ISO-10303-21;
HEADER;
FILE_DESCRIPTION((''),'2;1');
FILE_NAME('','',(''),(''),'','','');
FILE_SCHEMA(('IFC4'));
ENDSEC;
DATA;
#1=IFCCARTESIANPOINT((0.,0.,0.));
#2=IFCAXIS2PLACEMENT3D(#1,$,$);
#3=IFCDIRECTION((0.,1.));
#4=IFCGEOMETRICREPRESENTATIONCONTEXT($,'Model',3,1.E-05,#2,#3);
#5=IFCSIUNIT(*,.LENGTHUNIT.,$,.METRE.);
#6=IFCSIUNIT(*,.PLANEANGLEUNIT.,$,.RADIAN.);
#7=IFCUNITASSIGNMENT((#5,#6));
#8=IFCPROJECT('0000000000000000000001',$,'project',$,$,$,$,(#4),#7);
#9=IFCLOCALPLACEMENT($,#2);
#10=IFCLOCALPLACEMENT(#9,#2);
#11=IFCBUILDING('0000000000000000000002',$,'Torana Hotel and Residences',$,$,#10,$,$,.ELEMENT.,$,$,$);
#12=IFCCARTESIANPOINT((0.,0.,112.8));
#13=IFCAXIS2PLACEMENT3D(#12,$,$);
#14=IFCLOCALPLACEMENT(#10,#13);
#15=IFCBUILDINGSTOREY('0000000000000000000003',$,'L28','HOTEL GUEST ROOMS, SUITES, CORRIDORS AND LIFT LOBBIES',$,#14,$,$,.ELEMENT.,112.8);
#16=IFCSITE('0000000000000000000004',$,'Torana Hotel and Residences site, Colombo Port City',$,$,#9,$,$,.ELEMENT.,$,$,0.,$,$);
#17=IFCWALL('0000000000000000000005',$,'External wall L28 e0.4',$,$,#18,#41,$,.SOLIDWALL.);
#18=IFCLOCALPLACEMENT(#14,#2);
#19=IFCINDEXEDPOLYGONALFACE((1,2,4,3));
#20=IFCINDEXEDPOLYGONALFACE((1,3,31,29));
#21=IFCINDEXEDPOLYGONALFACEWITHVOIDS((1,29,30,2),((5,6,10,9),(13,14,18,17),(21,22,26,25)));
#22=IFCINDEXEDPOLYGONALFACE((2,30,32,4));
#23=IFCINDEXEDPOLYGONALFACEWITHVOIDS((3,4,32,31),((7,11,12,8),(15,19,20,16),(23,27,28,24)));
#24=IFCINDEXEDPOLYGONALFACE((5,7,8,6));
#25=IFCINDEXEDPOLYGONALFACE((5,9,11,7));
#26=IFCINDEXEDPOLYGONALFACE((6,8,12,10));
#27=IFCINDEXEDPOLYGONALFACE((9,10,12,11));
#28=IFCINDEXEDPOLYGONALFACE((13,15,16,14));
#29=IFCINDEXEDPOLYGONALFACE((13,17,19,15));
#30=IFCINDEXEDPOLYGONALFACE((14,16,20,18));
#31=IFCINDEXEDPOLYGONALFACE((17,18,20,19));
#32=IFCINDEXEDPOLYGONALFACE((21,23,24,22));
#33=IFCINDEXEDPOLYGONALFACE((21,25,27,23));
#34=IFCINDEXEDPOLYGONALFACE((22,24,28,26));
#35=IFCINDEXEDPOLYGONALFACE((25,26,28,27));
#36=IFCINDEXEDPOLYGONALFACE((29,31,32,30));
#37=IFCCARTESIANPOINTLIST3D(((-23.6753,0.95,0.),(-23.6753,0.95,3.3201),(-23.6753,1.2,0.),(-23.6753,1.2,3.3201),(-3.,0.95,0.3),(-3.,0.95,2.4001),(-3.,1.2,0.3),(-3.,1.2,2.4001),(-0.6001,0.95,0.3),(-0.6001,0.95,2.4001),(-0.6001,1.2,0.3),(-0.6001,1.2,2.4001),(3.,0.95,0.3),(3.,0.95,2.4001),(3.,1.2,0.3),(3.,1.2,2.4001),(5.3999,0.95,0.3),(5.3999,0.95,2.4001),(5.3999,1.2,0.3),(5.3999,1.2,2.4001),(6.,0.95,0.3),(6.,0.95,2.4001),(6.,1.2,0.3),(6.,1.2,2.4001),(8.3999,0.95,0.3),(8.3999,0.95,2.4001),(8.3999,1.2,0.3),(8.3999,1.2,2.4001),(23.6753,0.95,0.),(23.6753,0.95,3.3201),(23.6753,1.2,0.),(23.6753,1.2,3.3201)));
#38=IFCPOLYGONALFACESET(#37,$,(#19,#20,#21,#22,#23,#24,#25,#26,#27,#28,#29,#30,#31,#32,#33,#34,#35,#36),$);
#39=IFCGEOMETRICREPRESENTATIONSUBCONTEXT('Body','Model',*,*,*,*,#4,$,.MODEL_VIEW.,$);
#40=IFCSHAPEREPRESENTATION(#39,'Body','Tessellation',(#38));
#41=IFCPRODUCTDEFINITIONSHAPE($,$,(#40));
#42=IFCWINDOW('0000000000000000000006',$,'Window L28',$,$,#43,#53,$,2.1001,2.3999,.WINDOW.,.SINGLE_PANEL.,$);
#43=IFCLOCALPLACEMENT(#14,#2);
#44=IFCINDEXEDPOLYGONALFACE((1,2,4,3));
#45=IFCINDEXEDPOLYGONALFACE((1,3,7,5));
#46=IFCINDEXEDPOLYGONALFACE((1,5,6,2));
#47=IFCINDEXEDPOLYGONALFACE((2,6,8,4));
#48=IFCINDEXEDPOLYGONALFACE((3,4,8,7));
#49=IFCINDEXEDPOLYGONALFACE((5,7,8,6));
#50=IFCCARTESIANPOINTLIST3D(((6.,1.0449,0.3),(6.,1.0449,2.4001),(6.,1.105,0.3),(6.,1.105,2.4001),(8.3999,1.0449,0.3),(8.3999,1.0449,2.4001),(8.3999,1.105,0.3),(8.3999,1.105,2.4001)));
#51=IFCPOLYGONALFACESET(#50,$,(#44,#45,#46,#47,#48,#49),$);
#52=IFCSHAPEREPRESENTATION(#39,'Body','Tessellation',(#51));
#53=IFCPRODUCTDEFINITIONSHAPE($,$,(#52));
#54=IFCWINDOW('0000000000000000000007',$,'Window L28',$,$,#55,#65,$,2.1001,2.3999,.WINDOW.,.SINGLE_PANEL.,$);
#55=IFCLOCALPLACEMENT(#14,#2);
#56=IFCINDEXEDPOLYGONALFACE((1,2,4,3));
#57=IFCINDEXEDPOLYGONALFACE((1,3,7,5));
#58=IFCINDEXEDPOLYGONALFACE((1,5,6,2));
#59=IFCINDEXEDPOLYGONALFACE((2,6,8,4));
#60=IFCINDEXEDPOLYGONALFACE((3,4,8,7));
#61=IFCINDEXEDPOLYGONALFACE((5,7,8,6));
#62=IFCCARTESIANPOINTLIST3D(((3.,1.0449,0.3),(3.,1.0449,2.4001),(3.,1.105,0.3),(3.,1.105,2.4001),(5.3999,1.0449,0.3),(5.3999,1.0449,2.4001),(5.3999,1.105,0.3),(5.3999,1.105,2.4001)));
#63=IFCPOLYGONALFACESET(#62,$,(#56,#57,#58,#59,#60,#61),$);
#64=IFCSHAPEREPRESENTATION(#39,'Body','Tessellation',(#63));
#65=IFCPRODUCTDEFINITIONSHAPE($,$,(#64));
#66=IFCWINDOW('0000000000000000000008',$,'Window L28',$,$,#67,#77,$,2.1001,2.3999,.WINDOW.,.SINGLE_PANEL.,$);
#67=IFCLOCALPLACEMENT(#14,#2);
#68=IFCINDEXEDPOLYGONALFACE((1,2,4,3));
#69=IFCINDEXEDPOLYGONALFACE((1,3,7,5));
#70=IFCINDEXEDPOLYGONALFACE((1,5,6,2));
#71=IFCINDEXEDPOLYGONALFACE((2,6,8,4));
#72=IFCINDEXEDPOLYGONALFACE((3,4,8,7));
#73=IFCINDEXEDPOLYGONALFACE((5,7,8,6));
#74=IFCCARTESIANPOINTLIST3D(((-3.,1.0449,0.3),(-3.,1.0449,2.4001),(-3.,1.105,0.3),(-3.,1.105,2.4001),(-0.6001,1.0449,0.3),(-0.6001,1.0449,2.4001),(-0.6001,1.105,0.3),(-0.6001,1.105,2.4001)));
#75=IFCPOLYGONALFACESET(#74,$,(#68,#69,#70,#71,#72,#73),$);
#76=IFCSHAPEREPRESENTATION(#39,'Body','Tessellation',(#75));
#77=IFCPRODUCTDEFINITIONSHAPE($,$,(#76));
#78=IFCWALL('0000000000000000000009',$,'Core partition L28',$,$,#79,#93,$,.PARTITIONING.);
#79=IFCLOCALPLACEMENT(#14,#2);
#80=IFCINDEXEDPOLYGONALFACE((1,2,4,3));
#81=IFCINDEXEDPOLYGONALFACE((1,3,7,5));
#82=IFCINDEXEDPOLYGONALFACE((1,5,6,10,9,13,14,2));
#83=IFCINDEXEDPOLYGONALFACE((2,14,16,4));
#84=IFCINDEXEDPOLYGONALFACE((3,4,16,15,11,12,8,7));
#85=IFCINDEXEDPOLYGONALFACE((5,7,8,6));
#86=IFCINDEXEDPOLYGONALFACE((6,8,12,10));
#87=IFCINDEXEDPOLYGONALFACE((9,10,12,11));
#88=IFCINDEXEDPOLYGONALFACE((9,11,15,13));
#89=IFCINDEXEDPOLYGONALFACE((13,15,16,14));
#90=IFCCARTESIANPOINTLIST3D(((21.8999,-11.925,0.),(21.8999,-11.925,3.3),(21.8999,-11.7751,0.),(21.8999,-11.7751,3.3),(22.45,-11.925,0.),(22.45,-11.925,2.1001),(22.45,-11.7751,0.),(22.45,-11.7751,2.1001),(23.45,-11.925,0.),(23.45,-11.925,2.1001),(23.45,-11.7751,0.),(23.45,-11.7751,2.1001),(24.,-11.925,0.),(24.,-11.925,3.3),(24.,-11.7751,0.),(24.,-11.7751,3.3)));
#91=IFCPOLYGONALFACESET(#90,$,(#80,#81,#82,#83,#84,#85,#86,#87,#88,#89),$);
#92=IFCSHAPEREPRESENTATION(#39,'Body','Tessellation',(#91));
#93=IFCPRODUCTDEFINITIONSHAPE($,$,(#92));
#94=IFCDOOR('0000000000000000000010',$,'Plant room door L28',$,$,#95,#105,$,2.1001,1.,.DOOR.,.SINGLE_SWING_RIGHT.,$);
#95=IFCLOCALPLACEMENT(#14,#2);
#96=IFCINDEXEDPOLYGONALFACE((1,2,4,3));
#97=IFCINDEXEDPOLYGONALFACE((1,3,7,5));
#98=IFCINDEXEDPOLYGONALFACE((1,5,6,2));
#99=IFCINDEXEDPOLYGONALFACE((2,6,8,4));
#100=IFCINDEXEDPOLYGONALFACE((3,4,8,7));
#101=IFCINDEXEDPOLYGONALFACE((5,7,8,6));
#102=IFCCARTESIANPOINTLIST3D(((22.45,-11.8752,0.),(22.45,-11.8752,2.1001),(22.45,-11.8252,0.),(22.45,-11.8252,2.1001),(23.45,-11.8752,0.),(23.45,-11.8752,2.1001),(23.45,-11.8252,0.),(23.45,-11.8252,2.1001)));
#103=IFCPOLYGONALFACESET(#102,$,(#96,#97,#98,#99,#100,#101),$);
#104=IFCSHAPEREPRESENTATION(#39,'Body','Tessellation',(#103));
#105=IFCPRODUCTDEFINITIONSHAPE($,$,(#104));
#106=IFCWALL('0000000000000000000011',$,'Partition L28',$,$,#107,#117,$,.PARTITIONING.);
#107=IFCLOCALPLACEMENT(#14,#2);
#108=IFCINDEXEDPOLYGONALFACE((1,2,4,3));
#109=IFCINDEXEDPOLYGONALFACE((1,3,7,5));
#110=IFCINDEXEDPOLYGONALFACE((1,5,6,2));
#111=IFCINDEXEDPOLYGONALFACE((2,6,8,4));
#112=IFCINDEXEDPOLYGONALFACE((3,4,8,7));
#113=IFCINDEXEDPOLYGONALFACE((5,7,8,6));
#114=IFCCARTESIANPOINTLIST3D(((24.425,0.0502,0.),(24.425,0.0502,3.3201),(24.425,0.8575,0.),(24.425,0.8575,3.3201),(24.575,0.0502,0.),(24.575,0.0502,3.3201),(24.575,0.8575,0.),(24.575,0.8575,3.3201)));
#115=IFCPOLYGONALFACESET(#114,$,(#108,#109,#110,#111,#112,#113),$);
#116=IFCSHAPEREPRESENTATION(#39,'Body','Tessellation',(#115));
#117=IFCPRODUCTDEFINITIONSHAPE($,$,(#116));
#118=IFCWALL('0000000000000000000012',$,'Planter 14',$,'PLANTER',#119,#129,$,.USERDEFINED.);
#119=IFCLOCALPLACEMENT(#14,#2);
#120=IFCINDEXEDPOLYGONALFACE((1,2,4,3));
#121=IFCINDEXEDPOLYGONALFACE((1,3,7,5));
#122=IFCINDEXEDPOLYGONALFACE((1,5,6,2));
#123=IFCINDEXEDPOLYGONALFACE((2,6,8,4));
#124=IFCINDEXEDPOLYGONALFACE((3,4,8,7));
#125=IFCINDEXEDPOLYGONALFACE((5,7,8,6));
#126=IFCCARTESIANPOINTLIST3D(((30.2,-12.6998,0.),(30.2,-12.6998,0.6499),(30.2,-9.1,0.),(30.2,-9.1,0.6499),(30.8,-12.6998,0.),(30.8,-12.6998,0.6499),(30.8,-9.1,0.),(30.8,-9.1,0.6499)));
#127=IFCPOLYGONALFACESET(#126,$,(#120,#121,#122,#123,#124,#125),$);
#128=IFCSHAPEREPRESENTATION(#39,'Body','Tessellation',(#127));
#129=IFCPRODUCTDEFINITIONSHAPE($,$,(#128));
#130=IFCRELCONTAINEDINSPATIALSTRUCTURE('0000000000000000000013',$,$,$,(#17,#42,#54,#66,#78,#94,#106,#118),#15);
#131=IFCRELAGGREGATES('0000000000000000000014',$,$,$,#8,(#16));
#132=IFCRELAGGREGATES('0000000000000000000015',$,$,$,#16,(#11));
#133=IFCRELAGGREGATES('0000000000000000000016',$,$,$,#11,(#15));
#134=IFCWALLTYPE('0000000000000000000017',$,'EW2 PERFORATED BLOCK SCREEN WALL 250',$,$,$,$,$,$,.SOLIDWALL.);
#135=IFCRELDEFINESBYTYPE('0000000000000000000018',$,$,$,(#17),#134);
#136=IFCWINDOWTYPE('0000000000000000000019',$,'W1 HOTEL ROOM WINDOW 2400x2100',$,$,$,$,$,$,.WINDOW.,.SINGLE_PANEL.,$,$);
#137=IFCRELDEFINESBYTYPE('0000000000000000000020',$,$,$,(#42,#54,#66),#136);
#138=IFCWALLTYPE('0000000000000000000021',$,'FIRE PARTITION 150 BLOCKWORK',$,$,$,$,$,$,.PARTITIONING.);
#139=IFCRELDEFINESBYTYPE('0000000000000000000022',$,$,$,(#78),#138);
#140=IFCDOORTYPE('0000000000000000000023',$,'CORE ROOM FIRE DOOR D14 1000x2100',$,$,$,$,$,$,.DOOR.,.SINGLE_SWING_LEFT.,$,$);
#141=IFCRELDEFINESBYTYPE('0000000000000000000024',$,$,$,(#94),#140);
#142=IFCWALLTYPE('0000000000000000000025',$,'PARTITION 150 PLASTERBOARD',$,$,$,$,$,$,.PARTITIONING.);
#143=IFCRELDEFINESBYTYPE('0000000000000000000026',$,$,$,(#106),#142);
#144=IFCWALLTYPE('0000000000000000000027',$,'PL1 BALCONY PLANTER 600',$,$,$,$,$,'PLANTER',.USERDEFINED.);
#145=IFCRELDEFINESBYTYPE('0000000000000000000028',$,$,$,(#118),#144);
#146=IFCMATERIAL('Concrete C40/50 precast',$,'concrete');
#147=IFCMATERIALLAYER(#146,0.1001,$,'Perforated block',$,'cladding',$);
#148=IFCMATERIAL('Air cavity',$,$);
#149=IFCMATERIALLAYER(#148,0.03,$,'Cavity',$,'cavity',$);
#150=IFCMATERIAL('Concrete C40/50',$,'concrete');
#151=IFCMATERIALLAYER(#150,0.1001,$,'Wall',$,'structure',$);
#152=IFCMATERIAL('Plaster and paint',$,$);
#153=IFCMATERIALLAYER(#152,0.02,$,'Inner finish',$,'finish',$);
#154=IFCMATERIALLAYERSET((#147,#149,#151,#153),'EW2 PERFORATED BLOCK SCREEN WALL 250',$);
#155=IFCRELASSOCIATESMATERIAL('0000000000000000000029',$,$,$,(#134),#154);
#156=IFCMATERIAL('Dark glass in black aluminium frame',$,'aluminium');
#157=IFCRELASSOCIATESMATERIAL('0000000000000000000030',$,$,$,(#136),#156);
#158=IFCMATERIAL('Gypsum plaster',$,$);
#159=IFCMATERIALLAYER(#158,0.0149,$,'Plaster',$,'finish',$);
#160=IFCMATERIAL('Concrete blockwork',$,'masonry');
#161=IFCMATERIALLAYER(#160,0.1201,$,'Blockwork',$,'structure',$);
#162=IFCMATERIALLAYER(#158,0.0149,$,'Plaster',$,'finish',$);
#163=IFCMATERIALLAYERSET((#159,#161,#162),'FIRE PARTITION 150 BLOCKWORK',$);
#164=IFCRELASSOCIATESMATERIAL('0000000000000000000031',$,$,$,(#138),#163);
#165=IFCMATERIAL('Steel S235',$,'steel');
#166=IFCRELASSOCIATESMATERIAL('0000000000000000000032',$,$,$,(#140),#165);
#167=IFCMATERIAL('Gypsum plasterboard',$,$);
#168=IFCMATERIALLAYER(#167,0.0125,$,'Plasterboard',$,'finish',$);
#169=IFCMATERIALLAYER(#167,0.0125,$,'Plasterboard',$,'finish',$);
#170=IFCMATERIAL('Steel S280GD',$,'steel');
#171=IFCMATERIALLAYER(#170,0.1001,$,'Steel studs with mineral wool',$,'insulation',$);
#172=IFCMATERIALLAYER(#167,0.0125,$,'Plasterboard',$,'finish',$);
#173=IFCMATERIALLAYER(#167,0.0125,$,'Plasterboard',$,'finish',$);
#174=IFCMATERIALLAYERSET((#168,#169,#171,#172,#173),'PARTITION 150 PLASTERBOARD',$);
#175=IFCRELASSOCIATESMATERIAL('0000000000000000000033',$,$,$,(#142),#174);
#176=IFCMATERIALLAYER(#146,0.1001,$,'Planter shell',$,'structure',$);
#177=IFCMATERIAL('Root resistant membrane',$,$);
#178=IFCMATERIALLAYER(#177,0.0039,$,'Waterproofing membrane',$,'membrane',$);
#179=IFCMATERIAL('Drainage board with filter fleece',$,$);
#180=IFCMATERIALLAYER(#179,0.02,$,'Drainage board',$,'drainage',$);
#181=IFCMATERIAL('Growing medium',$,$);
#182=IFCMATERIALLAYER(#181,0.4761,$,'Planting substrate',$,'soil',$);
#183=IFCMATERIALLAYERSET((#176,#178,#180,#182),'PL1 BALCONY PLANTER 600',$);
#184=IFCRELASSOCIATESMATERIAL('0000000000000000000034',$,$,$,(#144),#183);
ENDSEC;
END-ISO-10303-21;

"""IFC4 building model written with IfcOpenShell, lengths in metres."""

from ifc_helpers import new_model, si_unit, direction, frame, frame_2d, origin, place, context, subcontext, project, spatial, rectangle, extrude, material, layer, layer_set, type_object, element, fill, save


model = new_model("IFC4")

# Units and contexts
model_context = context("Model", 3, precision=1e-05, world=origin(), true_north=direction((0.0, 1.0)))
body_context = subcontext(model_context, "Body", "Model", "MODEL_VIEW")
ifc_project = project(units=[si_unit("LENGTHUNIT", "METRE"), si_unit("PLANEANGLEUNIT", "RADIAN")], contexts=[model_context])

# Site, building, storey
site_placement = place(None, origin())
site = spatial("IfcSite", under=ifc_project, at=site_placement, Name="Torana Hotel and Residences site, Colombo Port City", CompositionType="ELEMENT", RefElevation=0.0)
building_placement = place(site_placement, origin())
building = spatial("IfcBuilding", under=site, at=building_placement, Name="Torana Hotel and Residences", CompositionType="ELEMENT")
storey_placement = place(building_placement, frame((0.0, 0.0, 112.8)))
storey = spatial("IfcBuildingStorey", under=building, at=storey_placement, Name="L28", Description="HOTEL GUEST ROOMS, SUITES, CORRIDORS AND LIFT LOBBIES", CompositionType="ELEMENT", Elevation=112.8)

# Shared definitions
ifc_material_1 = material(Name="Steel S280GD", Category="steel")

# Wall, openings, windows
ifc_material_2 = material(Name="Concrete C40/50 precast", Category="concrete")
ifc_layer_1 = layer(ifc_material_2, 0.1001, Name="Perforated block", Category="cladding")
ifc_material_3 = material(Name="Air cavity")
ifc_layer_2 = layer(ifc_material_3, 0.03, Name="Cavity", Category="cavity")
ifc_material_4 = material(Name="Concrete C40/50", Category="concrete")
ifc_layer_3 = layer(ifc_material_4, 0.1001, Name="Wall", Category="structure")
ifc_material_5 = material(Name="Plaster and paint")
ifc_layer_4 = layer(ifc_material_5, 0.02, Name="Inner finish", Category="finish")
ifc_layer_set_1 = layer_set([ifc_layer_1, ifc_layer_2, ifc_layer_3, ifc_layer_4], Name="EW2 PERFORATED BLOCK SCREEN WALL 250")
wall_type_1 = type_object("IfcWallType", Name="EW2 PERFORATED BLOCK SCREEN WALL 250", PredefinedType="SOLIDWALL", material=ifc_layer_set_1)
wall_1_placement = place(storey_placement, frame((23.6753, 1.075, 0.0), z_axis=(0.0, 0.0, 1.0), x_axis=(-1.0, 0.0, 0.0)))
wall_1 = element("IfcWall", 1, at=wall_1_placement, inside=storey, type_object=wall_type_1, Name="External wall L28 e0.4", PredefinedType="SOLIDWALL", context=body_context, shape_type="SweptSolid", body=[
    extrude(rectangle(XDim=47.3506, YDim=0.25, at=frame_2d((23.6753, 0.0))), origin(), (0.0, 0.0, 1.0), 3.3201),
])
opening_1_placement = place(wall_1_placement, frame((15.2754, 0.0, 0.3)))
opening_1 = element("IfcOpeningElement", 2, at=opening_1_placement, cuts=wall_1, PredefinedType="OPENING", context=body_context, shape_type="SweptSolid", body=[
    extrude(rectangle(XDim=2.3999, YDim=2.1001, at=frame_2d((1.2, 1.05))), frame((0.0, 0.135, 0.0), z_axis=(0.0, -1.0, 0.0), x_axis=(1.0, 0.0, 0.0)), (0.0, 0.0, 1.0), 0.27),
])
opening_2_placement = place(wall_1_placement, frame((18.2754, 0.0, 0.3)))
opening_2 = element("IfcOpeningElement", 3, at=opening_2_placement, cuts=wall_1, PredefinedType="OPENING", context=body_context, shape_type="SweptSolid", body=[
    extrude(rectangle(XDim=2.3999, YDim=2.1001, at=frame_2d((1.2, 1.05))), frame((0.0, 0.135, 0.0), z_axis=(0.0, -1.0, 0.0), x_axis=(1.0, 0.0, 0.0)), (0.0, 0.0, 1.0), 0.27),
])
opening_3_placement = place(wall_1_placement, frame((24.2754, 0.0, 0.3)))
opening_3 = element("IfcOpeningElement", 4, at=opening_3_placement, cuts=wall_1, PredefinedType="OPENING", context=body_context, shape_type="SweptSolid", body=[
    extrude(rectangle(XDim=2.3999, YDim=2.1001, at=frame_2d((1.2, 1.05))), frame((0.0, 0.135, 0.0), z_axis=(0.0, -1.0, 0.0), x_axis=(1.0, 0.0, 0.0)), (0.0, 0.0, 1.0), 0.27),
])
ifc_material_6 = material(Name="Dark glass in black aluminium frame", Category="aluminium")
window_type = type_object("IfcWindowType", Name="W1 HOTEL ROOM WINDOW 2400x2100", PartitioningType="SINGLE_PANEL", PredefinedType="WINDOW", material=ifc_material_6)
window_1_placement = place(opening_1_placement, origin())
window_1 = element("IfcWindow", 5, at=window_1_placement, inside=storey, type_object=window_type, Name="Window L28", OverallHeight=2.1001, OverallWidth=2.3999, PartitioningType="SINGLE_PANEL", PredefinedType="WINDOW", context=body_context, shape_type="SweptSolid", body=[
    extrude(rectangle(XDim=2.3999, YDim=2.1001, at=frame_2d((1.2, 1.05))), frame((0.0, 0.03, 0.0), z_axis=(0.0, -1.0, 0.0), x_axis=(1.0, 0.0, 0.0)), (0.0, 0.0, 1.0), 0.0601),
])
fill(opening_1, window_1)
window_2_placement = place(opening_2_placement, origin())
window_2 = element("IfcWindow", 6, at=window_2_placement, inside=storey, type_object=window_type, Name="Window L28", OverallHeight=2.1001, OverallWidth=2.3999, PartitioningType="SINGLE_PANEL", PredefinedType="WINDOW", context=body_context, shape_type="SweptSolid", body=[
    extrude(rectangle(XDim=2.3999, YDim=2.1001, at=frame_2d((1.2, 1.05))), frame((0.0, 0.03, 0.0), z_axis=(0.0, -1.0, 0.0), x_axis=(1.0, 0.0, 0.0)), (0.0, 0.0, 1.0), 0.0601),
])
fill(opening_2, window_2)
window_3_placement = place(opening_3_placement, origin())
window_3 = element("IfcWindow", 7, at=window_3_placement, inside=storey, type_object=window_type, Name="Window L28", OverallHeight=2.1001, OverallWidth=2.3999, PartitioningType="SINGLE_PANEL", PredefinedType="WINDOW", context=body_context, shape_type="SweptSolid", body=[
    extrude(rectangle(XDim=2.3999, YDim=2.1001, at=frame_2d((1.2, 1.05))), frame((0.0, 0.03, 0.0), z_axis=(0.0, -1.0, 0.0), x_axis=(1.0, 0.0, 0.0)), (0.0, 0.0, 1.0), 0.0601),
])
fill(opening_3, window_3)

# Wall, opening, door
ifc_material_7 = material(Name="Gypsum plaster")
ifc_layer_5 = layer(ifc_material_7, 0.0149, Name="Plaster", Category="finish")
ifc_material_8 = material(Name="Concrete blockwork", Category="masonry")
ifc_layer_6 = layer(ifc_material_8, 0.1201, Name="Blockwork", Category="structure")
ifc_layer_7 = layer(ifc_material_7, 0.0149, Name="Plaster", Category="finish")
ifc_layer_set_2 = layer_set([ifc_layer_5, ifc_layer_6, ifc_layer_7], Name="FIRE PARTITION 150 BLOCKWORK")
wall_type_2 = type_object("IfcWallType", Name="FIRE PARTITION 150 BLOCKWORK", PredefinedType="PARTITIONING", material=ifc_layer_set_2)
wall_2_placement = place(storey_placement, frame((21.8999, -11.8501, 0.0), z_axis=(0.0, 0.0, 1.0), x_axis=(1.0, 0.0, 0.0)))
wall_2 = element("IfcWall", 8, at=wall_2_placement, inside=storey, type_object=wall_type_2, Name="Core partition L28", PredefinedType="PARTITIONING", context=body_context, shape_type="SweptSolid", body=[
    extrude(rectangle(XDim=2.1001, YDim=0.1499, at=frame_2d((1.05, 0.0))), origin(), (0.0, 0.0, 1.0), 3.3),
])
opening_4_placement = place(wall_2_placement, frame((0.55, 0.0, 0.0)))
opening_4 = element("IfcOpeningElement", 9, at=opening_4_placement, cuts=wall_2, PredefinedType="OPENING", context=body_context, shape_type="SweptSolid", body=[
    extrude(rectangle(XDim=1.0, YDim=2.1001, at=frame_2d((0.5, 1.05))), frame((0.0, 0.085, 0.0), z_axis=(0.0, -1.0, 0.0), x_axis=(1.0, 0.0, 0.0)), (0.0, 0.0, 1.0), 0.1699),
])
ifc_material_9 = material(Name="Steel S235", Category="steel")
door_type_1 = type_object("IfcDoorType", Name="CORE ROOM FIRE DOOR D14 1000x2100", OperationType="SINGLE_SWING_LEFT", PredefinedType="DOOR", material=ifc_material_9)
door_1_placement = place(opening_4_placement, origin())
door_1 = element("IfcDoor", 10, at=door_1_placement, inside=storey, type_object=door_type_1, Name="Plant room door L28", OperationType="SINGLE_SWING_RIGHT", OverallHeight=2.1001, OverallWidth=1.0, PredefinedType="DOOR", context=body_context, shape_type="SweptSolid", body=[
    extrude(rectangle(XDim=1.0, YDim=2.1001, at=frame_2d((0.5, 1.05))), frame((0.0, 0.0249, 0.0), z_axis=(0.0, -1.0, 0.0), x_axis=(1.0, 0.0, 0.0)), (0.0, 0.0, 1.0), 0.05),
])
fill(opening_4, door_1)

# Walls
ifc_material_10 = material(Name="Gypsum plasterboard")
ifc_layer_8 = layer(ifc_material_10, 0.0125, Name="Plasterboard", Category="finish")
ifc_layer_9 = layer(ifc_material_10, 0.0125, Name="Plasterboard", Category="finish")
ifc_layer_10 = layer(ifc_material_1, 0.1001, Name="Steel studs with mineral wool", Category="insulation")
ifc_layer_11 = layer(ifc_material_10, 0.0125, Name="Plasterboard", Category="finish")
ifc_layer_12 = layer(ifc_material_10, 0.0125, Name="Plasterboard", Category="finish")
ifc_layer_set_3 = layer_set([ifc_layer_8, ifc_layer_9, ifc_layer_10, ifc_layer_11, ifc_layer_12], Name="PARTITION 150 PLASTERBOARD")
wall_type_3 = type_object("IfcWallType", Name="PARTITION 150 PLASTERBOARD", PredefinedType="PARTITIONING", material=ifc_layer_set_3)
wall_3_placement = place(storey_placement, frame((24.5, 0.05, 0.0), z_axis=(0.0, 0.0, 1.0), x_axis=(0.0, 1.0, 0.0)))
element("IfcWall", 11, at=wall_3_placement, inside=storey, type_object=wall_type_3, Name="Partition L28", PredefinedType="PARTITIONING", context=body_context, shape_type="SweptSolid", body=[
    extrude(rectangle(XDim=0.8074, YDim=0.1499, at=frame_2d((0.4038, 0.0))), origin(), (0.0, 0.0, 1.0), 3.3201),
])
ifc_layer_13 = layer(ifc_material_2, 0.1001, Name="Planter shell", Category="structure")
ifc_material_11 = material(Name="Root resistant membrane")
ifc_layer_14 = layer(ifc_material_11, 0.0039, Name="Waterproofing membrane", Category="membrane")
ifc_material_12 = material(Name="Drainage board with filter fleece")
ifc_layer_15 = layer(ifc_material_12, 0.02, Name="Drainage board", Category="drainage")
ifc_material_13 = material(Name="Growing medium")
ifc_layer_16 = layer(ifc_material_13, 0.4761, Name="Planting substrate", Category="soil")
ifc_layer_set_4 = layer_set([ifc_layer_13, ifc_layer_14, ifc_layer_15, ifc_layer_16], Name="PL1 BALCONY PLANTER 600")
wall_type_4 = type_object("IfcWallType", Name="PL1 BALCONY PLANTER 600", ElementType="PLANTER", PredefinedType="USERDEFINED", material=ifc_layer_set_4)
wall_4_placement = place(storey_placement, frame((30.5, -9.1001, 0.0), z_axis=(0.0, 0.0, 1.0), x_axis=(0.0, -1.0, 0.0)))
element("IfcWall", 12, at=wall_4_placement, inside=storey, type_object=wall_type_4, Name="Planter 14", ObjectType="PLANTER", PredefinedType="USERDEFINED", context=body_context, shape_type="SweptSolid", body=[
    extrude(rectangle(XDim=3.5999, YDim=0.6001, at=frame_2d((1.7998, 0.0))), origin(), (0.0, 0.0, 1.0), 0.6499),
])

save(model, "model.ifc")
